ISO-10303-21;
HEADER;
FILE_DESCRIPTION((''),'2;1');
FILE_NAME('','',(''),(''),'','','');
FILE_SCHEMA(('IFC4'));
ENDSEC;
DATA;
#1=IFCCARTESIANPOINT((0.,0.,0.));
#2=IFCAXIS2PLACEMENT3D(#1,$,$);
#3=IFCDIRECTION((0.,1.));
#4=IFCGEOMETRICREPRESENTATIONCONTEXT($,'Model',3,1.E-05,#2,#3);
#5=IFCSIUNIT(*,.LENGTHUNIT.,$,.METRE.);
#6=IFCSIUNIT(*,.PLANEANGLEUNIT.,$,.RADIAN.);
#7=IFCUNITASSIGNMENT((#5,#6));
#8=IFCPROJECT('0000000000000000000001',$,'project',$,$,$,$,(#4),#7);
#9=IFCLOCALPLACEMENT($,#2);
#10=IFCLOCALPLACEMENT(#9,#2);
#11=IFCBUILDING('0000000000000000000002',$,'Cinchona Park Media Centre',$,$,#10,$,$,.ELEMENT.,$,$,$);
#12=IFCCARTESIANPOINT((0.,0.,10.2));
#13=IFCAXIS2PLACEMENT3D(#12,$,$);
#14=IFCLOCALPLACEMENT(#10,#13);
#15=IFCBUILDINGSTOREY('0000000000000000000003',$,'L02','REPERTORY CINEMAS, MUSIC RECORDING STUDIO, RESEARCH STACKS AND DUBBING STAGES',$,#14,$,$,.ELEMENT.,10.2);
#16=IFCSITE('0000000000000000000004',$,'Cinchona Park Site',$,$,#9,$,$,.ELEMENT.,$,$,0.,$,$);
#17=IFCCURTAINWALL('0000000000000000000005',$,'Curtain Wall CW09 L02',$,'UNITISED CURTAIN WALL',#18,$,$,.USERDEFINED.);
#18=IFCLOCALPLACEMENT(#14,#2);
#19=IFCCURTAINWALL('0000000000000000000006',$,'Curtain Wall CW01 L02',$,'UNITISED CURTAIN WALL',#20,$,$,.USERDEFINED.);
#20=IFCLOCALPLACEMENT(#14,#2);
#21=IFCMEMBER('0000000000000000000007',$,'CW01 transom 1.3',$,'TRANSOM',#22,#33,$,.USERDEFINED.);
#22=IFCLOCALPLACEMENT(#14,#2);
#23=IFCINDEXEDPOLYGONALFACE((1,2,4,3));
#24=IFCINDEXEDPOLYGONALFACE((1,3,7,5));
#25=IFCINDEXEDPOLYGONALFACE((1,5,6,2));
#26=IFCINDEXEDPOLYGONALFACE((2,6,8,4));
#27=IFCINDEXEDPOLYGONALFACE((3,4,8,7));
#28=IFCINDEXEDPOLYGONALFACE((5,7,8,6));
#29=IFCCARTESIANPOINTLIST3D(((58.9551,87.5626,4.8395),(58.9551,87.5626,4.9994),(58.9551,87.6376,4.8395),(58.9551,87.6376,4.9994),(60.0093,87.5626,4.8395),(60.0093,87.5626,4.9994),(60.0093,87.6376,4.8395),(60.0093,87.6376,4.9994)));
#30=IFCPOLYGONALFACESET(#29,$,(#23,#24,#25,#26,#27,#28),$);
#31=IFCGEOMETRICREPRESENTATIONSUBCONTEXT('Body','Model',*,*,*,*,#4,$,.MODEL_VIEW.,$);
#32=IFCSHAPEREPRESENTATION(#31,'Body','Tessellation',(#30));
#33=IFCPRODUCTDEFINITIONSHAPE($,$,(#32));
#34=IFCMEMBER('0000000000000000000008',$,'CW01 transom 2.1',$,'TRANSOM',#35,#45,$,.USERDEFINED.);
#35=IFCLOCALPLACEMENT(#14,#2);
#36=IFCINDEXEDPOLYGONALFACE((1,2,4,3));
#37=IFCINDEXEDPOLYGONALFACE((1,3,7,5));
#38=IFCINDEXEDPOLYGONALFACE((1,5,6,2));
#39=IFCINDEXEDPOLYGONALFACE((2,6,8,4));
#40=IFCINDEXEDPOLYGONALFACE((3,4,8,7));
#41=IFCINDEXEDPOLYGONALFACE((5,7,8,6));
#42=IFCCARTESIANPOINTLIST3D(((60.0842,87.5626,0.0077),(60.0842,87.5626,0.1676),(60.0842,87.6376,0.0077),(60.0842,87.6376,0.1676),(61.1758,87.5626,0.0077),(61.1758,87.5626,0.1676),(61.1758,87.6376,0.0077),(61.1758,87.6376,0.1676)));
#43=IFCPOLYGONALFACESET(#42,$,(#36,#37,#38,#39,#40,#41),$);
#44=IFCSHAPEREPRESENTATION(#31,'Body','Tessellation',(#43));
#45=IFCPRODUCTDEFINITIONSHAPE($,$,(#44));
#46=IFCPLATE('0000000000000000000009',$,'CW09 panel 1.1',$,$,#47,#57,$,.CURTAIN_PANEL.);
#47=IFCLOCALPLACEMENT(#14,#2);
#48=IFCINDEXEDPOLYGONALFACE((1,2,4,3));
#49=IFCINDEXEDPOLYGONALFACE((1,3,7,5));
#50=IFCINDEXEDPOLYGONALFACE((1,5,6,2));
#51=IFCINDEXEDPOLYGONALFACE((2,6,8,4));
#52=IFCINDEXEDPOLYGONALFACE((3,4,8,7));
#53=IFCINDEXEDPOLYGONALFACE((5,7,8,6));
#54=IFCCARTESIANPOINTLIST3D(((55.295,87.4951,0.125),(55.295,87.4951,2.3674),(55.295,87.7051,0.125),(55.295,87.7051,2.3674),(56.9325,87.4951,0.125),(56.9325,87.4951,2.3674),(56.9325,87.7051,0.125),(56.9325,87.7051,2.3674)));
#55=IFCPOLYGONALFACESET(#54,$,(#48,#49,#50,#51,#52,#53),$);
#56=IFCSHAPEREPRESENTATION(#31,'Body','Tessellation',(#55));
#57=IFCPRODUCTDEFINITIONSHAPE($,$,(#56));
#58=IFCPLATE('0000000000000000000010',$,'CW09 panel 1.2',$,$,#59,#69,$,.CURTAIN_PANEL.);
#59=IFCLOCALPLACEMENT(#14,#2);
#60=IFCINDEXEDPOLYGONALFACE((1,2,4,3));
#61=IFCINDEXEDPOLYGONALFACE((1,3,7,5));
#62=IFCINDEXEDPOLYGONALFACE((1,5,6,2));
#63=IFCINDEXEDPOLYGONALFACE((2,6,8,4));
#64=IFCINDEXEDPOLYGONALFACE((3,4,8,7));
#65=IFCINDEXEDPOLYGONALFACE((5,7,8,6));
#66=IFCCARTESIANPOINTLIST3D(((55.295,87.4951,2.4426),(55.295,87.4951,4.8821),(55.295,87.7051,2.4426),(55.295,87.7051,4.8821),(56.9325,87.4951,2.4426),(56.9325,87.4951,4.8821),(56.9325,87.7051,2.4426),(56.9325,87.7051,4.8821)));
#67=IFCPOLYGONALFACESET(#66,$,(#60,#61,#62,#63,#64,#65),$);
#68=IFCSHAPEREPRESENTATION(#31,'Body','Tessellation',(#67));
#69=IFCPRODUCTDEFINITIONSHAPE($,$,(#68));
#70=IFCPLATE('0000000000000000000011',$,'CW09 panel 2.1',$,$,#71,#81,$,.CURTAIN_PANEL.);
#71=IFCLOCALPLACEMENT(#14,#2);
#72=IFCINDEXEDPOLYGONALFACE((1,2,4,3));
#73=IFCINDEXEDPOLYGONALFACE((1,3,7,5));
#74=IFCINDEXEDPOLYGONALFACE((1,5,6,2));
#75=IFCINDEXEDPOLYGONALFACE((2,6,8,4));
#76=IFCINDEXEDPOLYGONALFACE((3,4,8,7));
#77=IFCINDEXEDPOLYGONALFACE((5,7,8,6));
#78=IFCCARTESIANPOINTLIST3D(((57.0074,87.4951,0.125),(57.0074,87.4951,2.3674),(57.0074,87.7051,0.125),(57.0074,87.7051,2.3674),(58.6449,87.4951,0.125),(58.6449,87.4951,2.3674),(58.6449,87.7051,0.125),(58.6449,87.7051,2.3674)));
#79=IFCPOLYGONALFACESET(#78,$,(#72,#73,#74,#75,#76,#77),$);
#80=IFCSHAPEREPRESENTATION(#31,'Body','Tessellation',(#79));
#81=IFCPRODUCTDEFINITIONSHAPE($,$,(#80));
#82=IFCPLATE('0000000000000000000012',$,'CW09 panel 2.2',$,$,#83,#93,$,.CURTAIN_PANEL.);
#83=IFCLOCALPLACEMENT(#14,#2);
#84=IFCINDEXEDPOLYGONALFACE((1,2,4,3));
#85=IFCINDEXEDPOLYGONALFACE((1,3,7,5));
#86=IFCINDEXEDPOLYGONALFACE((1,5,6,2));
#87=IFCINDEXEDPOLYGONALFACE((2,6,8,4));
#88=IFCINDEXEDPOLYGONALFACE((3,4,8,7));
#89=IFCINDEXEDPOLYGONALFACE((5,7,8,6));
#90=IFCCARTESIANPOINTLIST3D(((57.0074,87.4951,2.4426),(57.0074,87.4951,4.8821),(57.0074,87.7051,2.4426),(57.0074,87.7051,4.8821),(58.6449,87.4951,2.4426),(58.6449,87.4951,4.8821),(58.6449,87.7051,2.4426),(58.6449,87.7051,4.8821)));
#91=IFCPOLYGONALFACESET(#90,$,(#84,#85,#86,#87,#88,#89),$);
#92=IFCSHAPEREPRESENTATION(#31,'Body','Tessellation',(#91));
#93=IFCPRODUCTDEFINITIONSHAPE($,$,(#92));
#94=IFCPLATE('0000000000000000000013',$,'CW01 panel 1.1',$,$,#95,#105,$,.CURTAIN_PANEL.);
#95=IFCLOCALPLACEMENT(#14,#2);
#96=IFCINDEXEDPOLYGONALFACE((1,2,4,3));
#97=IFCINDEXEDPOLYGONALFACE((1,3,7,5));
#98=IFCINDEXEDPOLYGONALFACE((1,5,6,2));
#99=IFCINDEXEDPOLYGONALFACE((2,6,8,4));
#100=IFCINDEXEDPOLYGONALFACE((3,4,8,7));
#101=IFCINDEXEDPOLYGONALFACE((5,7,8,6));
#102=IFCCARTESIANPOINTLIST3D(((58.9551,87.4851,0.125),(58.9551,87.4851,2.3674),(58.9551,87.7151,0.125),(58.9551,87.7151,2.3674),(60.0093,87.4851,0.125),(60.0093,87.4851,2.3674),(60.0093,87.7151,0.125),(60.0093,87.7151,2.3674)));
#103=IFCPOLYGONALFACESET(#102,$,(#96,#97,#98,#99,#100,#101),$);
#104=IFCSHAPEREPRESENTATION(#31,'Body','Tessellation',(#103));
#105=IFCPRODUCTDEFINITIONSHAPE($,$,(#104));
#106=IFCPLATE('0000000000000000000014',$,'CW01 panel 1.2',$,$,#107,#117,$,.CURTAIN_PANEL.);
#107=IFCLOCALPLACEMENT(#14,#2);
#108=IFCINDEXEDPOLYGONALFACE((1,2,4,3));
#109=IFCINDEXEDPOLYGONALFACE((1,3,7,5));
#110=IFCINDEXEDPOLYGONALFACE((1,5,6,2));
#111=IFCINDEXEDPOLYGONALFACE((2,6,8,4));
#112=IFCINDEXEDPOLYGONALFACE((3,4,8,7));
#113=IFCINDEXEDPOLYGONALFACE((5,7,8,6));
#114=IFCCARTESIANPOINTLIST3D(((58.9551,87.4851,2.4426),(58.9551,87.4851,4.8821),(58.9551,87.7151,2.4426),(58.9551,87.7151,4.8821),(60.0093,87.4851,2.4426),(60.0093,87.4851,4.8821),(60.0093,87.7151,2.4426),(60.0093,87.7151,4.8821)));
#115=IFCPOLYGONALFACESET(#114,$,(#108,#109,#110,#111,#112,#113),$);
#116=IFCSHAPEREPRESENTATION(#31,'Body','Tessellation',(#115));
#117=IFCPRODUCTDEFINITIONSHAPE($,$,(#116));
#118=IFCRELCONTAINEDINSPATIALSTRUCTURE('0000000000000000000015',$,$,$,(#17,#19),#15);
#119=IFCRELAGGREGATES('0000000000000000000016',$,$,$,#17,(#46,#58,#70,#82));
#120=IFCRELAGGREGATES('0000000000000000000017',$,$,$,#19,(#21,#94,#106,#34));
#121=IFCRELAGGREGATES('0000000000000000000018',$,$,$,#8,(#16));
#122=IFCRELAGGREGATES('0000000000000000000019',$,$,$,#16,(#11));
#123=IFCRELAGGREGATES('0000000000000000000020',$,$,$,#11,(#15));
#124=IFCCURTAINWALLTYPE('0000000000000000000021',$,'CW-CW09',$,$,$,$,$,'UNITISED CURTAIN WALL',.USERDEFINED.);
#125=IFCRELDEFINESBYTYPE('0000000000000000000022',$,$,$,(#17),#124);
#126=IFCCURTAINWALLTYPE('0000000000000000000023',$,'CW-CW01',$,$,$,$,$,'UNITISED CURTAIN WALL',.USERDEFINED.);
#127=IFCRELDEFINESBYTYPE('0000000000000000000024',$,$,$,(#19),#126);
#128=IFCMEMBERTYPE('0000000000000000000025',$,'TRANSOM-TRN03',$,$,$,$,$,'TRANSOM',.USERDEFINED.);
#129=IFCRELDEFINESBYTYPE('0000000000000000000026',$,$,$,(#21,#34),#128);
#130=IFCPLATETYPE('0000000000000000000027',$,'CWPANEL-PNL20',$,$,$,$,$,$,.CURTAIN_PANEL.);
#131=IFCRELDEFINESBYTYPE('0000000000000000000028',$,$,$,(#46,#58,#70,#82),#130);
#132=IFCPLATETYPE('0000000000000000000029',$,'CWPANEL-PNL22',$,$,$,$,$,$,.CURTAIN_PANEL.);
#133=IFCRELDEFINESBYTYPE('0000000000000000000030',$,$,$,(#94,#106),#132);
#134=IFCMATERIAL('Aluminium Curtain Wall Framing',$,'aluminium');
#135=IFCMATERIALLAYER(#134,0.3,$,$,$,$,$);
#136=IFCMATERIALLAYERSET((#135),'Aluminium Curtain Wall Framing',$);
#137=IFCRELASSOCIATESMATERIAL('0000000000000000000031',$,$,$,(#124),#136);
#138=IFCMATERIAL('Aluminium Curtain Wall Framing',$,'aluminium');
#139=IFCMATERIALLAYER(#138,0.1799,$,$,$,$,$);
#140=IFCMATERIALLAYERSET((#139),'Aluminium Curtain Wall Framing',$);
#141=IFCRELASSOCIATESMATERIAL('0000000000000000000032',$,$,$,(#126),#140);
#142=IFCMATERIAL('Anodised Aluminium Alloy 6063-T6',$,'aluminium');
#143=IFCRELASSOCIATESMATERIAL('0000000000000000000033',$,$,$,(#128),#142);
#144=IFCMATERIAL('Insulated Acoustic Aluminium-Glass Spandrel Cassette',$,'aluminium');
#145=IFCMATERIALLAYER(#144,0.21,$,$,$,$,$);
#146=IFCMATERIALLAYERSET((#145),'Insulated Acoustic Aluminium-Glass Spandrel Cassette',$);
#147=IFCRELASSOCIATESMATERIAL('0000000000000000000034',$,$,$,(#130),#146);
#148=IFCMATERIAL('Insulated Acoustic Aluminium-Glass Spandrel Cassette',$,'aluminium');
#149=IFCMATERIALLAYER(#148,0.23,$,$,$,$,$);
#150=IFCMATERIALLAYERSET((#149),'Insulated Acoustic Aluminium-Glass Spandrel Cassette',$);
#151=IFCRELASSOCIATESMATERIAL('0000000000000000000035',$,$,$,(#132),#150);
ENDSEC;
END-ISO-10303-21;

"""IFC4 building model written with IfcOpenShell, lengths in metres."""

from ifc_helpers import new_model, si_unit, direction, frame, origin, origin_2d, place, context, subcontext, project, spatial, rectangle, extrude, material, layer, layer_set, material_profile, profile_set, type_object, element, aggregate, save


model = new_model("IFC4")

# Units and contexts
model_context = context("Model", 3, precision=1e-05, world=origin(), true_north=direction((0.0, 1.0)))
body_context = subcontext(model_context, "Body", "Model", "MODEL_VIEW")
ifc_project = project(units=[si_unit("LENGTHUNIT", "METRE"), si_unit("PLANEANGLEUNIT", "RADIAN")], contexts=[model_context])

# Site, building, storey
site_placement = place(None, origin())
site = spatial("IfcSite", under=ifc_project, at=site_placement, Name="Cinchona Park Site", CompositionType="ELEMENT", RefElevation=0.0)
building_placement = place(site_placement, origin())
building = spatial("IfcBuilding", under=site, at=building_placement, Name="Cinchona Park Media Centre", CompositionType="ELEMENT")
storey_placement = place(building_placement, frame((0.0, 0.0, 10.2)))
storey = spatial("IfcBuildingStorey", under=building, at=storey_placement, Name="L02", Description="REPERTORY CINEMAS, MUSIC RECORDING STUDIO, RESEARCH STACKS AND DUBBING STAGES", CompositionType="ELEMENT", Elevation=10.2)

# Curtain walls
ifc_material_1 = material(Name="Aluminium Curtain Wall Framing", Category="aluminium")
ifc_layer_1 = layer(ifc_material_1, 0.3)
ifc_layer_set_1 = layer_set([ifc_layer_1], Name="Aluminium Curtain Wall Framing")
curtain_wall_type_1 = type_object("IfcCurtainWallType", Name="CW-CW09", ElementType="UNITISED CURTAIN WALL", PredefinedType="USERDEFINED", material=ifc_layer_set_1)
curtain_wall_1_placement = place(storey_placement, origin())
curtain_wall_1 = element("IfcCurtainWall", 1, at=curtain_wall_1_placement, inside=storey, type_object=curtain_wall_type_1, Name="Curtain Wall CW09 L02", ObjectType="UNITISED CURTAIN WALL", PredefinedType="USERDEFINED")
ifc_material_2 = material(Name="Aluminium Curtain Wall Framing", Category="aluminium")
ifc_layer_2 = layer(ifc_material_2, 0.1799)
ifc_layer_set_2 = layer_set([ifc_layer_2], Name="Aluminium Curtain Wall Framing")
curtain_wall_type_2 = type_object("IfcCurtainWallType", Name="CW-CW01", ElementType="UNITISED CURTAIN WALL", PredefinedType="USERDEFINED", material=ifc_layer_set_2)
curtain_wall_2_placement = place(storey_placement, origin())
curtain_wall_2 = element("IfcCurtainWall", 2, at=curtain_wall_2_placement, inside=storey, type_object=curtain_wall_type_2, Name="Curtain Wall CW01 L02", ObjectType="UNITISED CURTAIN WALL", PredefinedType="USERDEFINED")

# Members
ifc_material_3 = material(Name="Anodised Aluminium Alloy 6063-T6", Category="aluminium")
ifc_material_profile_1 = material_profile(ifc_material_3, rectangle(XDim=0.075, YDim=0.1599, at=origin_2d()), Name="TRN-75X160")
ifc_profile_set_1 = profile_set([ifc_material_profile_1], Name="Anodised Aluminium Alloy 6063-T6")
member_type_1 = type_object("IfcMemberType", Name="TRANSOM-TRN03", ElementType="TRANSOM", PredefinedType="USERDEFINED", material=ifc_profile_set_1)
member_1_placement = place(storey_placement, frame((58.9551, 87.6001, 4.9194), z_axis=(1.0, 0.0, 0.0), x_axis=(0.0, 1.0, 0.0)))
member_1 = element("IfcMember", 3, at=member_1_placement, type_object=member_type_1, Name="CW01 transom 1.3", ObjectType="TRANSOM", PredefinedType="USERDEFINED", context=body_context, shape_type="SweptSolid", body=[
    extrude(rectangle(XDim=0.075, YDim=0.1599, at=origin_2d()), origin(), (0.0, 0.0, 1.0), 1.0542),
])
member_2_placement = place(storey_placement, frame((60.0842, 87.6001, 0.0876), z_axis=(1.0, 0.0, 0.0), x_axis=(0.0, 1.0, 0.0)))
member_2 = element("IfcMember", 4, at=member_2_placement, type_object=member_type_1, Name="CW01 transom 2.1", ObjectType="TRANSOM", PredefinedType="USERDEFINED", context=body_context, shape_type="SweptSolid", body=[
    extrude(rectangle(XDim=0.075, YDim=0.1599, at=origin_2d()), origin(), (0.0, 0.0, 1.0), 1.0916),
])

# Plates
ifc_material_4 = material(Name="Insulated Acoustic Aluminium-Glass Spandrel Cassette", Category="aluminium")
ifc_layer_3 = layer(ifc_material_4, 0.21)
ifc_layer_set_3 = layer_set([ifc_layer_3], Name="Insulated Acoustic Aluminium-Glass Spandrel Cassette")
plate_type_1 = type_object("IfcPlateType", Name="CWPANEL-PNL20", PredefinedType="CURTAIN_PANEL", material=ifc_layer_set_3)
plate_1_placement = place(storey_placement, frame((56.1138, 87.6001, 0.125), z_axis=(0.0, 0.0, 1.0), x_axis=(1.0, 0.0, 0.0)))
plate_1 = element("IfcPlate", 5, at=plate_1_placement, type_object=plate_type_1, Name="CW09 panel 1.1", PredefinedType="CURTAIN_PANEL", context=body_context, shape_type="SweptSolid", body=[
    extrude(rectangle(XDim=1.6375, YDim=0.21, at=origin_2d()), origin(), (0.0, 0.0, 1.0), 2.2424),
])
plate_2_placement = place(storey_placement, frame((56.1138, 87.6001, 2.4426), z_axis=(0.0, 0.0, 1.0), x_axis=(1.0, 0.0, 0.0)))
plate_2 = element("IfcPlate", 6, at=plate_2_placement, type_object=plate_type_1, Name="CW09 panel 1.2", PredefinedType="CURTAIN_PANEL", context=body_context, shape_type="SweptSolid", body=[
    extrude(rectangle(XDim=1.6375, YDim=0.21, at=origin_2d()), origin(), (0.0, 0.0, 1.0), 2.4395),
])
plate_3_placement = place(storey_placement, frame((57.8262, 87.6001, 0.125), z_axis=(0.0, 0.0, 1.0), x_axis=(1.0, 0.0, 0.0)))
plate_3 = element("IfcPlate", 7, at=plate_3_placement, type_object=plate_type_1, Name="CW09 panel 2.1", PredefinedType="CURTAIN_PANEL", context=body_context, shape_type="SweptSolid", body=[
    extrude(rectangle(XDim=1.6375, YDim=0.21, at=origin_2d()), origin(), (0.0, 0.0, 1.0), 2.2424),
])
plate_4_placement = place(storey_placement, frame((57.8262, 87.6001, 2.4426), z_axis=(0.0, 0.0, 1.0), x_axis=(1.0, 0.0, 0.0)))
plate_4 = element("IfcPlate", 8, at=plate_4_placement, type_object=plate_type_1, Name="CW09 panel 2.2", PredefinedType="CURTAIN_PANEL", context=body_context, shape_type="SweptSolid", body=[
    extrude(rectangle(XDim=1.6375, YDim=0.21, at=origin_2d()), origin(), (0.0, 0.0, 1.0), 2.4395),
])
aggregate(curtain_wall_1, [plate_1, plate_2, plate_3, plate_4])
ifc_material_5 = material(Name="Insulated Acoustic Aluminium-Glass Spandrel Cassette", Category="aluminium")
ifc_layer_4 = layer(ifc_material_5, 0.23)
ifc_layer_set_4 = layer_set([ifc_layer_4], Name="Insulated Acoustic Aluminium-Glass Spandrel Cassette")
plate_type_2 = type_object("IfcPlateType", Name="CWPANEL-PNL22", PredefinedType="CURTAIN_PANEL", material=ifc_layer_set_4)
plate_5_placement = place(storey_placement, frame((59.4822, 87.6001, 0.125), z_axis=(0.0, 0.0, 1.0), x_axis=(1.0, 0.0, 0.0)))
plate_5 = element("IfcPlate", 9, at=plate_5_placement, type_object=plate_type_2, Name="CW01 panel 1.1", PredefinedType="CURTAIN_PANEL", context=body_context, shape_type="SweptSolid", body=[
    extrude(rectangle(XDim=1.0542, YDim=0.23, at=origin_2d()), origin(), (0.0, 0.0, 1.0), 2.2424),
])
plate_6_placement = place(storey_placement, frame((59.4822, 87.6001, 2.4426), z_axis=(0.0, 0.0, 1.0), x_axis=(1.0, 0.0, 0.0)))
plate_6 = element("IfcPlate", 10, at=plate_6_placement, type_object=plate_type_2, Name="CW01 panel 1.2", PredefinedType="CURTAIN_PANEL", context=body_context, shape_type="SweptSolid", body=[
    extrude(rectangle(XDim=1.0542, YDim=0.23, at=origin_2d()), origin(), (0.0, 0.0, 1.0), 2.4395),
])
aggregate(curtain_wall_2, [member_1, plate_5, plate_6, member_2])

save(model, "model.ifc")
